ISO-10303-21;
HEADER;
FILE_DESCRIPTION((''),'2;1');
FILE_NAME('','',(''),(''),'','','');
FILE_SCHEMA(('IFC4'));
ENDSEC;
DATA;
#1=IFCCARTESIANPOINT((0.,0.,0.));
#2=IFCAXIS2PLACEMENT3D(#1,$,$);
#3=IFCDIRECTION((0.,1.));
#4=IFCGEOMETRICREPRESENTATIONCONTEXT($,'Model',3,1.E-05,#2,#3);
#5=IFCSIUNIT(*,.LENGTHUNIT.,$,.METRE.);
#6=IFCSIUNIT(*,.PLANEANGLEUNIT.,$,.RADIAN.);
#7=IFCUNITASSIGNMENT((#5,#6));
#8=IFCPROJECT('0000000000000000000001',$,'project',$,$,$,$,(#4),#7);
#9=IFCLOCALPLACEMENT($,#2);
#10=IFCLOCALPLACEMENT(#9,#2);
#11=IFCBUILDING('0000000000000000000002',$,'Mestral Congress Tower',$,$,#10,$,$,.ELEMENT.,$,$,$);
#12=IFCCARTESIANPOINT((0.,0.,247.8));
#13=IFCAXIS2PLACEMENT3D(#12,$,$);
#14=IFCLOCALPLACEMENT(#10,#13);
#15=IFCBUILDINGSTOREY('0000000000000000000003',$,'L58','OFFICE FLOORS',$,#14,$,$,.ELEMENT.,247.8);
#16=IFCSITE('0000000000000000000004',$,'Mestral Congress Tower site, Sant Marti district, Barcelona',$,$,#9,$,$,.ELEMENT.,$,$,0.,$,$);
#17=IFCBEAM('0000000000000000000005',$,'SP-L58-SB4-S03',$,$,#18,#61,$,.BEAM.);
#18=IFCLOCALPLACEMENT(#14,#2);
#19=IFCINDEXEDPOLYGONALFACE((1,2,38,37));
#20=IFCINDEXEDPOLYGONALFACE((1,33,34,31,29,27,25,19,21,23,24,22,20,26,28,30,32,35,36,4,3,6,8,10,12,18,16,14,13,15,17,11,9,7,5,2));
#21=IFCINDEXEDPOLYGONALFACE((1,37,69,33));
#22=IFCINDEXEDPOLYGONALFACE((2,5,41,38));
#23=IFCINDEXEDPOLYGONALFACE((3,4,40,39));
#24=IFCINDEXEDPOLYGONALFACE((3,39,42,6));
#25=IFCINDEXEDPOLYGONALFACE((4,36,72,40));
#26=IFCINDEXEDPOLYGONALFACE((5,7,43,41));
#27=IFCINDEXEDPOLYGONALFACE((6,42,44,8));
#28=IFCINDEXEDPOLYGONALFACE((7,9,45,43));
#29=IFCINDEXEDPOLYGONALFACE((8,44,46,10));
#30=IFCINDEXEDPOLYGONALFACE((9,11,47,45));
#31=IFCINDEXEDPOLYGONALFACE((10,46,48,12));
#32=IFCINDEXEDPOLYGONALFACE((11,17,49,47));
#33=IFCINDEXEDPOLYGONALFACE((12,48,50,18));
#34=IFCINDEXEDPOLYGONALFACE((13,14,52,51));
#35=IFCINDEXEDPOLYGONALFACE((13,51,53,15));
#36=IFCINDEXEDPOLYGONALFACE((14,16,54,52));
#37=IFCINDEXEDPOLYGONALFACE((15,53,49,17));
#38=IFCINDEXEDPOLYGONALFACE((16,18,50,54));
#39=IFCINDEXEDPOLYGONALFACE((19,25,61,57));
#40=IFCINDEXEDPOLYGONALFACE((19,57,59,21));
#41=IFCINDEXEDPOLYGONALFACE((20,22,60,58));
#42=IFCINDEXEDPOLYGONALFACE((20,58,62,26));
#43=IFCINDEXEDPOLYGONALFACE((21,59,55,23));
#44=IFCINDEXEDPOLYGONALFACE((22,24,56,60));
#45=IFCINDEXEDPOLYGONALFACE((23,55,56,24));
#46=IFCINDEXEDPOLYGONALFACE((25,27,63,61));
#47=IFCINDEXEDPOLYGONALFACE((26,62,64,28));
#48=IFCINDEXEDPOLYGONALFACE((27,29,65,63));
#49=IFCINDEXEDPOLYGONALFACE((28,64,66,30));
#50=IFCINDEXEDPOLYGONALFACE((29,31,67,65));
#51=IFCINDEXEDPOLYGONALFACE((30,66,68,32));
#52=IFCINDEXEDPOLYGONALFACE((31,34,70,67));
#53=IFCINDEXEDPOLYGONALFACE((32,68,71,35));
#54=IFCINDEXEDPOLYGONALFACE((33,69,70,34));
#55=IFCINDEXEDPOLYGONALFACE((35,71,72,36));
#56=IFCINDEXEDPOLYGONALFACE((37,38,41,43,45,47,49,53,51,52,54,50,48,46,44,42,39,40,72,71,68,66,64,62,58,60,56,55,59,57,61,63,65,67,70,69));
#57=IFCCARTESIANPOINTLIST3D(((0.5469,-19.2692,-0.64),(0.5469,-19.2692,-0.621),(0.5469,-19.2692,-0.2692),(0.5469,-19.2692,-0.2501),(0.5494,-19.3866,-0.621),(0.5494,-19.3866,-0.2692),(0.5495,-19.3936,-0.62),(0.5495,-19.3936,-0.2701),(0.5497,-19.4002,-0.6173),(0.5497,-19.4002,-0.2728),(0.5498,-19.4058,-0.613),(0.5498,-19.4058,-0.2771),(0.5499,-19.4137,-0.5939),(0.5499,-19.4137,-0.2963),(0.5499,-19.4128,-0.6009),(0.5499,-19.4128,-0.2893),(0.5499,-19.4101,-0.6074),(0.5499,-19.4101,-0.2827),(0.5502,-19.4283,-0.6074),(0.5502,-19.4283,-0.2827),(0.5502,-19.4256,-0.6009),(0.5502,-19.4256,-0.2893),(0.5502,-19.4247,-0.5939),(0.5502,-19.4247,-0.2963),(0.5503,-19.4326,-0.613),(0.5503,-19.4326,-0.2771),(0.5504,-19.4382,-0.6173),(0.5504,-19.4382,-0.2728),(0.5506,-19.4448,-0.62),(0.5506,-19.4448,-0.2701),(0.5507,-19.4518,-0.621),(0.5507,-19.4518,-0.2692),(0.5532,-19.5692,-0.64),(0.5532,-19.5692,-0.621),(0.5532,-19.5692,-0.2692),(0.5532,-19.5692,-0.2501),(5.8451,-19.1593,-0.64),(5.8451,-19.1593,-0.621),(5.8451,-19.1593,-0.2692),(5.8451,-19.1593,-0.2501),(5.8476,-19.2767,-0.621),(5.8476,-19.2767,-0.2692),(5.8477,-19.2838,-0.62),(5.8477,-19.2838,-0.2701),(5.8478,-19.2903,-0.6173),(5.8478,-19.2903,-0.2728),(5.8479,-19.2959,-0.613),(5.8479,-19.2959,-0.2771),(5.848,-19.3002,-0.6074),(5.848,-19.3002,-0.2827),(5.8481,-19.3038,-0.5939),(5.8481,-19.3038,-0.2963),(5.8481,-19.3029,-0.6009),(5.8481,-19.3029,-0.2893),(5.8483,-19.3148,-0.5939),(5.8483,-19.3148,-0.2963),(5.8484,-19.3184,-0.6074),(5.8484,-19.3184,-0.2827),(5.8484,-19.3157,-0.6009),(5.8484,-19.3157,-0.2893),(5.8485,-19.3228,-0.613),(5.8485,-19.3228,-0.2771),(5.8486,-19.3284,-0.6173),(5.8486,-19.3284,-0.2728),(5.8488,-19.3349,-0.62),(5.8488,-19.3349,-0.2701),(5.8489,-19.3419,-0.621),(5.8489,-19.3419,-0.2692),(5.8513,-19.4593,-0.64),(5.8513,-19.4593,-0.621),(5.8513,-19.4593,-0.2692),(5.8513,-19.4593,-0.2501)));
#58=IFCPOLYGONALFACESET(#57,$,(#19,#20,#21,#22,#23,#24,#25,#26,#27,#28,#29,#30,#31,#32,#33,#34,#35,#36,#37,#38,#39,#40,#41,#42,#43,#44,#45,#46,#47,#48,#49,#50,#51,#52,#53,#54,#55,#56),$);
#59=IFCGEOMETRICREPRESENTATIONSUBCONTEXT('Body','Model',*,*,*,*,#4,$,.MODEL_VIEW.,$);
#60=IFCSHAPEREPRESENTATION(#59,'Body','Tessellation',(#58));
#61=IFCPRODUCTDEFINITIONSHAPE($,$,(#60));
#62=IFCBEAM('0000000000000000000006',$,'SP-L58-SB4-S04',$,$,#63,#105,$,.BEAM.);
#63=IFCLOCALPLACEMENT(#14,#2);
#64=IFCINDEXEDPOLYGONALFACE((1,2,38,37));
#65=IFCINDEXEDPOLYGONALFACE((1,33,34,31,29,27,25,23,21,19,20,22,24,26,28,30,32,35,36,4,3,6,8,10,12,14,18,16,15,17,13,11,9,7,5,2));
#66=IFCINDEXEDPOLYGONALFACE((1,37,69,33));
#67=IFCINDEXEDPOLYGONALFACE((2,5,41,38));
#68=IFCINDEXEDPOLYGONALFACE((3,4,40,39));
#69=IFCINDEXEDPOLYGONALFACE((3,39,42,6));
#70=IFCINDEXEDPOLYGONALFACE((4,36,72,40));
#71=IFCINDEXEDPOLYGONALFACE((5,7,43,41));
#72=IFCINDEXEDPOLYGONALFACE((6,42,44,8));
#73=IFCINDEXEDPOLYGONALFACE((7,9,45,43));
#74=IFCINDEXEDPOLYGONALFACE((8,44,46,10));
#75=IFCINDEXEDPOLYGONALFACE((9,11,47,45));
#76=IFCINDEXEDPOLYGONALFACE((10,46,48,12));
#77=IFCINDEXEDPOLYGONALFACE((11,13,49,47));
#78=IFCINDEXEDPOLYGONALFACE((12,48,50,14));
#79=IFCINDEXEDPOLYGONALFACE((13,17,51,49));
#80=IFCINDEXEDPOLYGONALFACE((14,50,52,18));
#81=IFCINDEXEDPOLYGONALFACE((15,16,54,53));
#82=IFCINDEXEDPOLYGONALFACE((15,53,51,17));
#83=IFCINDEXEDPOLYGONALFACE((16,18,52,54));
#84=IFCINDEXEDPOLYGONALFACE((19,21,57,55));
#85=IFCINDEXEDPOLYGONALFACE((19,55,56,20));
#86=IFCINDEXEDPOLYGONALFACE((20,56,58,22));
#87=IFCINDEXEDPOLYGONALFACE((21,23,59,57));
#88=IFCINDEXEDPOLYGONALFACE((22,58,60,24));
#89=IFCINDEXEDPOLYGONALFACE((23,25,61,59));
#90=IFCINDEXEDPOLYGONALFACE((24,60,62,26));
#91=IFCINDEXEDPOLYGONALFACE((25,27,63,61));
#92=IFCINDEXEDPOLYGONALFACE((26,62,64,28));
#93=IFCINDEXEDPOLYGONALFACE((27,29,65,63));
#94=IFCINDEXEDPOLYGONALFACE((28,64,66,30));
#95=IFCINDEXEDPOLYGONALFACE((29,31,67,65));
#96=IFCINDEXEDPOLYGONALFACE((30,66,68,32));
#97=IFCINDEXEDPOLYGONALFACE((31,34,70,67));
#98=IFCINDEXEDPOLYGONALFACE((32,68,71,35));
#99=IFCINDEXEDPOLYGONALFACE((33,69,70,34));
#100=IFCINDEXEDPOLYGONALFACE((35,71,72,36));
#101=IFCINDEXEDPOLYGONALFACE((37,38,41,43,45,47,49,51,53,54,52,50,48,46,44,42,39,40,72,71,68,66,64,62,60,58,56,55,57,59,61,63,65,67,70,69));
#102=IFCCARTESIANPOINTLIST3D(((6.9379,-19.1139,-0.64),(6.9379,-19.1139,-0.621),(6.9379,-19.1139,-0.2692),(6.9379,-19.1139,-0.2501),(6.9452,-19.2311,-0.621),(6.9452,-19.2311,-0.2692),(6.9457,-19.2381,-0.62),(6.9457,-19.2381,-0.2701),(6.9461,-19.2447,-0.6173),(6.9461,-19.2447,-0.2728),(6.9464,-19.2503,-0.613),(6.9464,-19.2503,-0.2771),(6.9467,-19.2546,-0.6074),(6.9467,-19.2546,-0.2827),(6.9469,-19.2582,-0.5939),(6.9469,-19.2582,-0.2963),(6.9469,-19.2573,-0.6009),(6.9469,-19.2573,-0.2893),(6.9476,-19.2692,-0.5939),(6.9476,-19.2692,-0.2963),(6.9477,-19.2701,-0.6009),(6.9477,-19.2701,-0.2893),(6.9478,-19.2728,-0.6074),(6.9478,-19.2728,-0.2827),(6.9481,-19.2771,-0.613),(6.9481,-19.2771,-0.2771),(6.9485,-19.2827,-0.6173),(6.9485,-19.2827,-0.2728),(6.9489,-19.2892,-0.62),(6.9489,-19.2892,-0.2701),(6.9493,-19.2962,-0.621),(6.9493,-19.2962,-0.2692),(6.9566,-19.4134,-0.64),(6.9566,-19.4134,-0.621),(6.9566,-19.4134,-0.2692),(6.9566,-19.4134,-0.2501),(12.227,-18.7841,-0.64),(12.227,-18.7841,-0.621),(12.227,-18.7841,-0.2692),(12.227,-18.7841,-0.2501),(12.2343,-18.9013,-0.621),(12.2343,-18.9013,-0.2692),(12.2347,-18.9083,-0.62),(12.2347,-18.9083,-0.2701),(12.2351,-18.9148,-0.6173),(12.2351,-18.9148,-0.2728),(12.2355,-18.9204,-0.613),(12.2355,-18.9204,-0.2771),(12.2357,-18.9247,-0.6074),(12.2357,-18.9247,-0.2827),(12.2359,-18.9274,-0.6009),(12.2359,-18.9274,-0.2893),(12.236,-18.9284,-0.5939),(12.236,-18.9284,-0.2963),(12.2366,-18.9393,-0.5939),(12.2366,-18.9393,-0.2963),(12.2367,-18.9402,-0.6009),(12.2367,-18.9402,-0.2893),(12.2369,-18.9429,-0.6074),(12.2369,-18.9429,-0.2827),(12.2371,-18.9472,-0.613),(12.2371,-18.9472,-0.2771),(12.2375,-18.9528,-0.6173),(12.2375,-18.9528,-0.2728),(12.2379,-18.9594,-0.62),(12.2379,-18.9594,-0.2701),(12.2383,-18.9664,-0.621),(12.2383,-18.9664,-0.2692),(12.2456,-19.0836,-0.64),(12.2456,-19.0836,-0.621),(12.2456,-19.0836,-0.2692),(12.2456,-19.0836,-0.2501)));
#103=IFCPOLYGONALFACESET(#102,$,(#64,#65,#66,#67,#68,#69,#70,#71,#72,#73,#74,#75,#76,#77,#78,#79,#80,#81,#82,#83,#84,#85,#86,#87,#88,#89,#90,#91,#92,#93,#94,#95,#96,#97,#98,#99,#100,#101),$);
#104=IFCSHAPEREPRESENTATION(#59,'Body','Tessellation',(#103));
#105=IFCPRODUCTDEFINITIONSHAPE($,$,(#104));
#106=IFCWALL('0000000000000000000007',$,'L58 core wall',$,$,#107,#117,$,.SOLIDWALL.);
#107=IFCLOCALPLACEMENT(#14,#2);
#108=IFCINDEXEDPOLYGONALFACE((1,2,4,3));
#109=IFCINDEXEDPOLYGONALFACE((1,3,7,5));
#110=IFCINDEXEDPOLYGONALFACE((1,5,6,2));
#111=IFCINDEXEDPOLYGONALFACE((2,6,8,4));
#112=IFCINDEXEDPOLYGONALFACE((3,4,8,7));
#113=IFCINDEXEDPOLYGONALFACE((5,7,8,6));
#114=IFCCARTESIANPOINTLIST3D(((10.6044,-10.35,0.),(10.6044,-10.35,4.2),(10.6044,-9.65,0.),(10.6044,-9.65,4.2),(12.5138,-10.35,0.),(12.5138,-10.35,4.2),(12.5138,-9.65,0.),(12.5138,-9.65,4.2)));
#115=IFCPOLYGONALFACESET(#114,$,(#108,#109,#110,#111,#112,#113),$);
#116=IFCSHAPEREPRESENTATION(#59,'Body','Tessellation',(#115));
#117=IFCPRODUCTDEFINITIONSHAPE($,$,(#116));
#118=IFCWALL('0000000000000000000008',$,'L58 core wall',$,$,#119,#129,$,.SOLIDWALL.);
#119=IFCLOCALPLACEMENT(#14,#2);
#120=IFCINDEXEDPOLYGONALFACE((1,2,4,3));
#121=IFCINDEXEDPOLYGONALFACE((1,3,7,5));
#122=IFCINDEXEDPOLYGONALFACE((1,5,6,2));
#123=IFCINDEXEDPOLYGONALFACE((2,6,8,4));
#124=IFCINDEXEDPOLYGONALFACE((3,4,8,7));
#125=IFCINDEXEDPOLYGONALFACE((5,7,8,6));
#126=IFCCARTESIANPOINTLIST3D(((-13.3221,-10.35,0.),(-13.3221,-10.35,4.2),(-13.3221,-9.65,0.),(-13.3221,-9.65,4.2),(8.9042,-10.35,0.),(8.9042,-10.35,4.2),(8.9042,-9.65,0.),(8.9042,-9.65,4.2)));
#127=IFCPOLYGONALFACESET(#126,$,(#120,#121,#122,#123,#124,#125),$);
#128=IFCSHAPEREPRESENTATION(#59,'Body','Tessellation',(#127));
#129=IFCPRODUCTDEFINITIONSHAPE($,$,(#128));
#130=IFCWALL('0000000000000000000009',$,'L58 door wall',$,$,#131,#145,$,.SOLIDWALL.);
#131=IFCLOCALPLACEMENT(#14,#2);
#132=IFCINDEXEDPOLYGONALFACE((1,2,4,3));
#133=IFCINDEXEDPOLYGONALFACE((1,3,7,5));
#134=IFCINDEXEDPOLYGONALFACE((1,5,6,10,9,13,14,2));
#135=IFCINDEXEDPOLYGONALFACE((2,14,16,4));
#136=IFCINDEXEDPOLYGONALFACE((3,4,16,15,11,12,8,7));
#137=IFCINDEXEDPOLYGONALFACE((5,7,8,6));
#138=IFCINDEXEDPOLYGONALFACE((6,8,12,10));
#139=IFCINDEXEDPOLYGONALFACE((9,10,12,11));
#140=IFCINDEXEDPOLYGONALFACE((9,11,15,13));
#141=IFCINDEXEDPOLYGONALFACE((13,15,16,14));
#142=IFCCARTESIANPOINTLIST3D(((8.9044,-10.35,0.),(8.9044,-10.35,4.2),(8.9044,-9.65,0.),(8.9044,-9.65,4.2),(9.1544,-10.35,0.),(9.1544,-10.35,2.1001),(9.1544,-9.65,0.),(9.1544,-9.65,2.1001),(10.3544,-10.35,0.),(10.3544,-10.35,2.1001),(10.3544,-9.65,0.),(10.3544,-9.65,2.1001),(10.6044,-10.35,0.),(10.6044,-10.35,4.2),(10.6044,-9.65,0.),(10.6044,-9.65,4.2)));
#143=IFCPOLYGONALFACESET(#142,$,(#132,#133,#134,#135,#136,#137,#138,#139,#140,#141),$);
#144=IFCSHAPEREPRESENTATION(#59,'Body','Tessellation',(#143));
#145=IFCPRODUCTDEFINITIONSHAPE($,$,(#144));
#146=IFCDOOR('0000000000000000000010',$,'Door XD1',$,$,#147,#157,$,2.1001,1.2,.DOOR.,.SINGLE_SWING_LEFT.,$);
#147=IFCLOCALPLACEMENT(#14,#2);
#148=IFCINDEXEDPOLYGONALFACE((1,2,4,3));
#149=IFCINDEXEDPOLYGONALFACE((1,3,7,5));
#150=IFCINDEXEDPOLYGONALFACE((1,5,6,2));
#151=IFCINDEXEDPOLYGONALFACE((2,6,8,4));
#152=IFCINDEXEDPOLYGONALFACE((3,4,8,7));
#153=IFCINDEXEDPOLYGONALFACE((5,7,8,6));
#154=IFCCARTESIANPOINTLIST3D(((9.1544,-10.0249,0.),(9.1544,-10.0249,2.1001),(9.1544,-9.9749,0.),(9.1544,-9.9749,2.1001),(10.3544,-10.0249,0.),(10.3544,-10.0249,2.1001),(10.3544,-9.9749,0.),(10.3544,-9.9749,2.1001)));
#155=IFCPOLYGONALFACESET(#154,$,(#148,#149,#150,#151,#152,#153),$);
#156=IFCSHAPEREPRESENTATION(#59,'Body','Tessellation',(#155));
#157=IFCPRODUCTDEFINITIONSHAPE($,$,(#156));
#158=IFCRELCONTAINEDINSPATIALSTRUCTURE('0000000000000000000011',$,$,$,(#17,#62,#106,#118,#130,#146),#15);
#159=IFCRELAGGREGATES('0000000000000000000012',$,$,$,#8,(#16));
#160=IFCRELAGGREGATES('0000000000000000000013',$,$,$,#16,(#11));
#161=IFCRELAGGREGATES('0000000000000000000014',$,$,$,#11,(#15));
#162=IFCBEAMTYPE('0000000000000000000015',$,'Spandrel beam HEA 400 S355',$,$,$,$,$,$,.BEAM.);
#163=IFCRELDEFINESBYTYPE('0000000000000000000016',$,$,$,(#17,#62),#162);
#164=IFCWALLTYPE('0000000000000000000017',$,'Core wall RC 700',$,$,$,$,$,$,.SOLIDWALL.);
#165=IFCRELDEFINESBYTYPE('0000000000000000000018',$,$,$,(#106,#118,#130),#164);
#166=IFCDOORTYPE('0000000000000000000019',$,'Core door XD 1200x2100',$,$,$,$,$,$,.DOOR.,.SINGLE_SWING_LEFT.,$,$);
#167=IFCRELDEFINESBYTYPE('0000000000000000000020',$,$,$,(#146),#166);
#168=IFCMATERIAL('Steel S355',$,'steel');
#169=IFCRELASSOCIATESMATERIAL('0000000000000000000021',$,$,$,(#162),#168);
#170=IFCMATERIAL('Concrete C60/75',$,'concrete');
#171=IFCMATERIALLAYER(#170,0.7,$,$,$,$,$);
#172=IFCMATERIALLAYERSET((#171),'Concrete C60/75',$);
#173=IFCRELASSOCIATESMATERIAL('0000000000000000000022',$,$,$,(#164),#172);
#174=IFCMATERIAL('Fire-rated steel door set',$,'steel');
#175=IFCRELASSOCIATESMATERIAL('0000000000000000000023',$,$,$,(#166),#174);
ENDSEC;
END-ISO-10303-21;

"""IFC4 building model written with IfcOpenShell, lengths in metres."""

from ifc_helpers import new_model, si_unit, direction, frame, frame_2d, origin, origin_2d, place, context, subcontext, project, spatial, rectangle, i_section, extrude, material, layer, layer_set, material_profile, profile_set, type_object, element, fill, save


model = new_model("IFC4")

# Units and contexts
model_context = context("Model", 3, precision=1e-05, world=origin(), true_north=direction((0.0, 1.0)))
body_context = subcontext(model_context, "Body", "Model", "MODEL_VIEW")
ifc_project = project(units=[si_unit("LENGTHUNIT", "METRE"), si_unit("PLANEANGLEUNIT", "RADIAN")], contexts=[model_context])

# Site, building, storey
site_placement = place(None, origin())
site = spatial("IfcSite", under=ifc_project, at=site_placement, Name="Mestral Congress Tower site, Sant Marti district, Barcelona", CompositionType="ELEMENT", RefElevation=0.0)
building_placement = place(site_placement, origin())
building = spatial("IfcBuilding", under=site, at=building_placement, Name="Mestral Congress Tower", CompositionType="ELEMENT")
storey_placement = place(building_placement, frame((0.0, 0.0, 247.8)))
storey = spatial("IfcBuildingStorey", under=building, at=storey_placement, Name="L58", Description="OFFICE FLOORS", CompositionType="ELEMENT", Elevation=247.8)

# Shared definitions
ifc_material_1 = material(Name="Concrete C60/75", Category="concrete")

# Beams
ifc_material_2 = material(Name="Steel S355", Category="steel")
ifc_material_profile_1 = material_profile(ifc_material_2, i_section(OverallWidth=0.3, OverallDepth=0.3899, WebThickness=0.011, FlangeThickness=0.019, FilletRadius=0.0271, at=origin_2d()), Name="HEA 400")
ifc_profile_set_1 = profile_set([ifc_material_profile_1], Name="Steel S355")
beam_type_1 = type_object("IfcBeamType", Name="Spandrel beam HEA 400 S355", PredefinedType="BEAM", material=ifc_profile_set_1)
for number, where, z_axis, x_axis, name in (
    (1, (0.55, -19.4192, -0.4451), (0.999785, 0.020732, 0.0), (-0.020732, 0.999785, 0.0), "SP-L58-SB4-S03"),
    (2, (6.9473, -19.2637, -0.4451), (0.998061, 0.062241, 0.0), (-0.062241, 0.998061, 0.0), "SP-L58-SB4-S04"),
):
    element("IfcBeam", number, at=place(storey_placement, frame(where, z_axis=z_axis, x_axis=x_axis)), inside=storey, type_object=beam_type_1, Name=name, PredefinedType="BEAM", context=body_context, shape_type="SweptSolid", body=[
        extrude(i_section(OverallWidth=0.3, OverallDepth=0.3899, WebThickness=0.011, FlangeThickness=0.019, FilletRadius=0.0271, at=origin_2d()), origin(), (0.0, 0.0, 1.0), 5.2993),
    ])

# Walls
ifc_layer_1 = layer(ifc_material_1, 0.7)
ifc_layer_set_1 = layer_set([ifc_layer_1], Name="Concrete C60/75")
wall_type_1 = type_object("IfcWallType", Name="Core wall RC 700", PredefinedType="SOLIDWALL", material=ifc_layer_set_1)
wall_1_placement = place(storey_placement, frame((10.6045, -10.0, 0.0), z_axis=(0.0, 0.0, 1.0), x_axis=(1.0, 0.0, 0.0)))
element("IfcWall", 3, at=wall_1_placement, inside=storey, type_object=wall_type_1, Name="L58 core wall", PredefinedType="SOLIDWALL", context=body_context, shape_type="SweptSolid", body=[
    extrude(rectangle(XDim=1.9094, YDim=0.7, at=frame_2d((0.9546, 0.0))), origin(), (0.0, 0.0, 1.0), 4.2),
])
wall_2_placement = place(storey_placement, frame((8.9043, -10.0, 0.0), z_axis=(0.0, 0.0, 1.0), x_axis=(-1.0, 0.0, 0.0)))
element("IfcWall", 4, at=wall_2_placement, inside=storey, type_object=wall_type_1, Name="L58 core wall", PredefinedType="SOLIDWALL", context=body_context, shape_type="SweptSolid", body=[
    extrude(rectangle(XDim=22.2263, YDim=0.7, at=frame_2d((11.1133, 0.0))), origin(), (0.0, 0.0, 1.0), 4.2),
])

# Wall, opening, door
wall_3_placement = place(storey_placement, frame((10.6045, -10.0, 0.0), z_axis=(0.0, 0.0, 1.0), x_axis=(-1.0, 0.0, 0.0)))
wall_3 = element("IfcWall", 5, at=wall_3_placement, inside=storey, type_object=wall_type_1, Name="L58 door wall", PredefinedType="SOLIDWALL", context=body_context, shape_type="SweptSolid", body=[
    extrude(rectangle(XDim=1.7, YDim=0.7, at=frame_2d((0.8501, 0.0))), origin(), (0.0, 0.0, 1.0), 4.2),
])
opening_1_placement = place(wall_3_placement, frame((0.25, 0.0, 0.0)))
opening_1 = element("IfcOpeningElement", 6, at=opening_1_placement, cuts=wall_3, PredefinedType="OPENING", context=body_context, shape_type="SweptSolid", body=[
    extrude(rectangle(XDim=1.2, YDim=2.1001, at=frame_2d((0.6001, 1.05))), frame((0.0, 0.3599, 0.0), z_axis=(0.0, -1.0, 0.0), x_axis=(1.0, 0.0, 0.0)), (0.0, 0.0, 1.0), 0.72),
])
ifc_material_3 = material(Name="Fire-rated steel door set", Category="steel")
door_type_1 = type_object("IfcDoorType", Name="Core door XD 1200x2100", OperationType="SINGLE_SWING_LEFT", PredefinedType="DOOR", material=ifc_material_3)
door_1_placement = place(opening_1_placement, origin())
door_1 = element("IfcDoor", 7, at=door_1_placement, inside=storey, type_object=door_type_1, Name="Door XD1", OperationType="SINGLE_SWING_LEFT", OverallHeight=2.1001, OverallWidth=1.2, PredefinedType="DOOR", context=body_context, shape_type="SweptSolid", body=[
    extrude(rectangle(XDim=1.2, YDim=2.1001, at=frame_2d((0.6001, 1.05))), frame((0.0, 0.0249, 0.0), z_axis=(0.0, -1.0, 0.0), x_axis=(1.0, 0.0, 0.0)), (0.0, 0.0, 1.0), 0.05),
])
fill(opening_1, door_1)

save(model, "model.ifc")
